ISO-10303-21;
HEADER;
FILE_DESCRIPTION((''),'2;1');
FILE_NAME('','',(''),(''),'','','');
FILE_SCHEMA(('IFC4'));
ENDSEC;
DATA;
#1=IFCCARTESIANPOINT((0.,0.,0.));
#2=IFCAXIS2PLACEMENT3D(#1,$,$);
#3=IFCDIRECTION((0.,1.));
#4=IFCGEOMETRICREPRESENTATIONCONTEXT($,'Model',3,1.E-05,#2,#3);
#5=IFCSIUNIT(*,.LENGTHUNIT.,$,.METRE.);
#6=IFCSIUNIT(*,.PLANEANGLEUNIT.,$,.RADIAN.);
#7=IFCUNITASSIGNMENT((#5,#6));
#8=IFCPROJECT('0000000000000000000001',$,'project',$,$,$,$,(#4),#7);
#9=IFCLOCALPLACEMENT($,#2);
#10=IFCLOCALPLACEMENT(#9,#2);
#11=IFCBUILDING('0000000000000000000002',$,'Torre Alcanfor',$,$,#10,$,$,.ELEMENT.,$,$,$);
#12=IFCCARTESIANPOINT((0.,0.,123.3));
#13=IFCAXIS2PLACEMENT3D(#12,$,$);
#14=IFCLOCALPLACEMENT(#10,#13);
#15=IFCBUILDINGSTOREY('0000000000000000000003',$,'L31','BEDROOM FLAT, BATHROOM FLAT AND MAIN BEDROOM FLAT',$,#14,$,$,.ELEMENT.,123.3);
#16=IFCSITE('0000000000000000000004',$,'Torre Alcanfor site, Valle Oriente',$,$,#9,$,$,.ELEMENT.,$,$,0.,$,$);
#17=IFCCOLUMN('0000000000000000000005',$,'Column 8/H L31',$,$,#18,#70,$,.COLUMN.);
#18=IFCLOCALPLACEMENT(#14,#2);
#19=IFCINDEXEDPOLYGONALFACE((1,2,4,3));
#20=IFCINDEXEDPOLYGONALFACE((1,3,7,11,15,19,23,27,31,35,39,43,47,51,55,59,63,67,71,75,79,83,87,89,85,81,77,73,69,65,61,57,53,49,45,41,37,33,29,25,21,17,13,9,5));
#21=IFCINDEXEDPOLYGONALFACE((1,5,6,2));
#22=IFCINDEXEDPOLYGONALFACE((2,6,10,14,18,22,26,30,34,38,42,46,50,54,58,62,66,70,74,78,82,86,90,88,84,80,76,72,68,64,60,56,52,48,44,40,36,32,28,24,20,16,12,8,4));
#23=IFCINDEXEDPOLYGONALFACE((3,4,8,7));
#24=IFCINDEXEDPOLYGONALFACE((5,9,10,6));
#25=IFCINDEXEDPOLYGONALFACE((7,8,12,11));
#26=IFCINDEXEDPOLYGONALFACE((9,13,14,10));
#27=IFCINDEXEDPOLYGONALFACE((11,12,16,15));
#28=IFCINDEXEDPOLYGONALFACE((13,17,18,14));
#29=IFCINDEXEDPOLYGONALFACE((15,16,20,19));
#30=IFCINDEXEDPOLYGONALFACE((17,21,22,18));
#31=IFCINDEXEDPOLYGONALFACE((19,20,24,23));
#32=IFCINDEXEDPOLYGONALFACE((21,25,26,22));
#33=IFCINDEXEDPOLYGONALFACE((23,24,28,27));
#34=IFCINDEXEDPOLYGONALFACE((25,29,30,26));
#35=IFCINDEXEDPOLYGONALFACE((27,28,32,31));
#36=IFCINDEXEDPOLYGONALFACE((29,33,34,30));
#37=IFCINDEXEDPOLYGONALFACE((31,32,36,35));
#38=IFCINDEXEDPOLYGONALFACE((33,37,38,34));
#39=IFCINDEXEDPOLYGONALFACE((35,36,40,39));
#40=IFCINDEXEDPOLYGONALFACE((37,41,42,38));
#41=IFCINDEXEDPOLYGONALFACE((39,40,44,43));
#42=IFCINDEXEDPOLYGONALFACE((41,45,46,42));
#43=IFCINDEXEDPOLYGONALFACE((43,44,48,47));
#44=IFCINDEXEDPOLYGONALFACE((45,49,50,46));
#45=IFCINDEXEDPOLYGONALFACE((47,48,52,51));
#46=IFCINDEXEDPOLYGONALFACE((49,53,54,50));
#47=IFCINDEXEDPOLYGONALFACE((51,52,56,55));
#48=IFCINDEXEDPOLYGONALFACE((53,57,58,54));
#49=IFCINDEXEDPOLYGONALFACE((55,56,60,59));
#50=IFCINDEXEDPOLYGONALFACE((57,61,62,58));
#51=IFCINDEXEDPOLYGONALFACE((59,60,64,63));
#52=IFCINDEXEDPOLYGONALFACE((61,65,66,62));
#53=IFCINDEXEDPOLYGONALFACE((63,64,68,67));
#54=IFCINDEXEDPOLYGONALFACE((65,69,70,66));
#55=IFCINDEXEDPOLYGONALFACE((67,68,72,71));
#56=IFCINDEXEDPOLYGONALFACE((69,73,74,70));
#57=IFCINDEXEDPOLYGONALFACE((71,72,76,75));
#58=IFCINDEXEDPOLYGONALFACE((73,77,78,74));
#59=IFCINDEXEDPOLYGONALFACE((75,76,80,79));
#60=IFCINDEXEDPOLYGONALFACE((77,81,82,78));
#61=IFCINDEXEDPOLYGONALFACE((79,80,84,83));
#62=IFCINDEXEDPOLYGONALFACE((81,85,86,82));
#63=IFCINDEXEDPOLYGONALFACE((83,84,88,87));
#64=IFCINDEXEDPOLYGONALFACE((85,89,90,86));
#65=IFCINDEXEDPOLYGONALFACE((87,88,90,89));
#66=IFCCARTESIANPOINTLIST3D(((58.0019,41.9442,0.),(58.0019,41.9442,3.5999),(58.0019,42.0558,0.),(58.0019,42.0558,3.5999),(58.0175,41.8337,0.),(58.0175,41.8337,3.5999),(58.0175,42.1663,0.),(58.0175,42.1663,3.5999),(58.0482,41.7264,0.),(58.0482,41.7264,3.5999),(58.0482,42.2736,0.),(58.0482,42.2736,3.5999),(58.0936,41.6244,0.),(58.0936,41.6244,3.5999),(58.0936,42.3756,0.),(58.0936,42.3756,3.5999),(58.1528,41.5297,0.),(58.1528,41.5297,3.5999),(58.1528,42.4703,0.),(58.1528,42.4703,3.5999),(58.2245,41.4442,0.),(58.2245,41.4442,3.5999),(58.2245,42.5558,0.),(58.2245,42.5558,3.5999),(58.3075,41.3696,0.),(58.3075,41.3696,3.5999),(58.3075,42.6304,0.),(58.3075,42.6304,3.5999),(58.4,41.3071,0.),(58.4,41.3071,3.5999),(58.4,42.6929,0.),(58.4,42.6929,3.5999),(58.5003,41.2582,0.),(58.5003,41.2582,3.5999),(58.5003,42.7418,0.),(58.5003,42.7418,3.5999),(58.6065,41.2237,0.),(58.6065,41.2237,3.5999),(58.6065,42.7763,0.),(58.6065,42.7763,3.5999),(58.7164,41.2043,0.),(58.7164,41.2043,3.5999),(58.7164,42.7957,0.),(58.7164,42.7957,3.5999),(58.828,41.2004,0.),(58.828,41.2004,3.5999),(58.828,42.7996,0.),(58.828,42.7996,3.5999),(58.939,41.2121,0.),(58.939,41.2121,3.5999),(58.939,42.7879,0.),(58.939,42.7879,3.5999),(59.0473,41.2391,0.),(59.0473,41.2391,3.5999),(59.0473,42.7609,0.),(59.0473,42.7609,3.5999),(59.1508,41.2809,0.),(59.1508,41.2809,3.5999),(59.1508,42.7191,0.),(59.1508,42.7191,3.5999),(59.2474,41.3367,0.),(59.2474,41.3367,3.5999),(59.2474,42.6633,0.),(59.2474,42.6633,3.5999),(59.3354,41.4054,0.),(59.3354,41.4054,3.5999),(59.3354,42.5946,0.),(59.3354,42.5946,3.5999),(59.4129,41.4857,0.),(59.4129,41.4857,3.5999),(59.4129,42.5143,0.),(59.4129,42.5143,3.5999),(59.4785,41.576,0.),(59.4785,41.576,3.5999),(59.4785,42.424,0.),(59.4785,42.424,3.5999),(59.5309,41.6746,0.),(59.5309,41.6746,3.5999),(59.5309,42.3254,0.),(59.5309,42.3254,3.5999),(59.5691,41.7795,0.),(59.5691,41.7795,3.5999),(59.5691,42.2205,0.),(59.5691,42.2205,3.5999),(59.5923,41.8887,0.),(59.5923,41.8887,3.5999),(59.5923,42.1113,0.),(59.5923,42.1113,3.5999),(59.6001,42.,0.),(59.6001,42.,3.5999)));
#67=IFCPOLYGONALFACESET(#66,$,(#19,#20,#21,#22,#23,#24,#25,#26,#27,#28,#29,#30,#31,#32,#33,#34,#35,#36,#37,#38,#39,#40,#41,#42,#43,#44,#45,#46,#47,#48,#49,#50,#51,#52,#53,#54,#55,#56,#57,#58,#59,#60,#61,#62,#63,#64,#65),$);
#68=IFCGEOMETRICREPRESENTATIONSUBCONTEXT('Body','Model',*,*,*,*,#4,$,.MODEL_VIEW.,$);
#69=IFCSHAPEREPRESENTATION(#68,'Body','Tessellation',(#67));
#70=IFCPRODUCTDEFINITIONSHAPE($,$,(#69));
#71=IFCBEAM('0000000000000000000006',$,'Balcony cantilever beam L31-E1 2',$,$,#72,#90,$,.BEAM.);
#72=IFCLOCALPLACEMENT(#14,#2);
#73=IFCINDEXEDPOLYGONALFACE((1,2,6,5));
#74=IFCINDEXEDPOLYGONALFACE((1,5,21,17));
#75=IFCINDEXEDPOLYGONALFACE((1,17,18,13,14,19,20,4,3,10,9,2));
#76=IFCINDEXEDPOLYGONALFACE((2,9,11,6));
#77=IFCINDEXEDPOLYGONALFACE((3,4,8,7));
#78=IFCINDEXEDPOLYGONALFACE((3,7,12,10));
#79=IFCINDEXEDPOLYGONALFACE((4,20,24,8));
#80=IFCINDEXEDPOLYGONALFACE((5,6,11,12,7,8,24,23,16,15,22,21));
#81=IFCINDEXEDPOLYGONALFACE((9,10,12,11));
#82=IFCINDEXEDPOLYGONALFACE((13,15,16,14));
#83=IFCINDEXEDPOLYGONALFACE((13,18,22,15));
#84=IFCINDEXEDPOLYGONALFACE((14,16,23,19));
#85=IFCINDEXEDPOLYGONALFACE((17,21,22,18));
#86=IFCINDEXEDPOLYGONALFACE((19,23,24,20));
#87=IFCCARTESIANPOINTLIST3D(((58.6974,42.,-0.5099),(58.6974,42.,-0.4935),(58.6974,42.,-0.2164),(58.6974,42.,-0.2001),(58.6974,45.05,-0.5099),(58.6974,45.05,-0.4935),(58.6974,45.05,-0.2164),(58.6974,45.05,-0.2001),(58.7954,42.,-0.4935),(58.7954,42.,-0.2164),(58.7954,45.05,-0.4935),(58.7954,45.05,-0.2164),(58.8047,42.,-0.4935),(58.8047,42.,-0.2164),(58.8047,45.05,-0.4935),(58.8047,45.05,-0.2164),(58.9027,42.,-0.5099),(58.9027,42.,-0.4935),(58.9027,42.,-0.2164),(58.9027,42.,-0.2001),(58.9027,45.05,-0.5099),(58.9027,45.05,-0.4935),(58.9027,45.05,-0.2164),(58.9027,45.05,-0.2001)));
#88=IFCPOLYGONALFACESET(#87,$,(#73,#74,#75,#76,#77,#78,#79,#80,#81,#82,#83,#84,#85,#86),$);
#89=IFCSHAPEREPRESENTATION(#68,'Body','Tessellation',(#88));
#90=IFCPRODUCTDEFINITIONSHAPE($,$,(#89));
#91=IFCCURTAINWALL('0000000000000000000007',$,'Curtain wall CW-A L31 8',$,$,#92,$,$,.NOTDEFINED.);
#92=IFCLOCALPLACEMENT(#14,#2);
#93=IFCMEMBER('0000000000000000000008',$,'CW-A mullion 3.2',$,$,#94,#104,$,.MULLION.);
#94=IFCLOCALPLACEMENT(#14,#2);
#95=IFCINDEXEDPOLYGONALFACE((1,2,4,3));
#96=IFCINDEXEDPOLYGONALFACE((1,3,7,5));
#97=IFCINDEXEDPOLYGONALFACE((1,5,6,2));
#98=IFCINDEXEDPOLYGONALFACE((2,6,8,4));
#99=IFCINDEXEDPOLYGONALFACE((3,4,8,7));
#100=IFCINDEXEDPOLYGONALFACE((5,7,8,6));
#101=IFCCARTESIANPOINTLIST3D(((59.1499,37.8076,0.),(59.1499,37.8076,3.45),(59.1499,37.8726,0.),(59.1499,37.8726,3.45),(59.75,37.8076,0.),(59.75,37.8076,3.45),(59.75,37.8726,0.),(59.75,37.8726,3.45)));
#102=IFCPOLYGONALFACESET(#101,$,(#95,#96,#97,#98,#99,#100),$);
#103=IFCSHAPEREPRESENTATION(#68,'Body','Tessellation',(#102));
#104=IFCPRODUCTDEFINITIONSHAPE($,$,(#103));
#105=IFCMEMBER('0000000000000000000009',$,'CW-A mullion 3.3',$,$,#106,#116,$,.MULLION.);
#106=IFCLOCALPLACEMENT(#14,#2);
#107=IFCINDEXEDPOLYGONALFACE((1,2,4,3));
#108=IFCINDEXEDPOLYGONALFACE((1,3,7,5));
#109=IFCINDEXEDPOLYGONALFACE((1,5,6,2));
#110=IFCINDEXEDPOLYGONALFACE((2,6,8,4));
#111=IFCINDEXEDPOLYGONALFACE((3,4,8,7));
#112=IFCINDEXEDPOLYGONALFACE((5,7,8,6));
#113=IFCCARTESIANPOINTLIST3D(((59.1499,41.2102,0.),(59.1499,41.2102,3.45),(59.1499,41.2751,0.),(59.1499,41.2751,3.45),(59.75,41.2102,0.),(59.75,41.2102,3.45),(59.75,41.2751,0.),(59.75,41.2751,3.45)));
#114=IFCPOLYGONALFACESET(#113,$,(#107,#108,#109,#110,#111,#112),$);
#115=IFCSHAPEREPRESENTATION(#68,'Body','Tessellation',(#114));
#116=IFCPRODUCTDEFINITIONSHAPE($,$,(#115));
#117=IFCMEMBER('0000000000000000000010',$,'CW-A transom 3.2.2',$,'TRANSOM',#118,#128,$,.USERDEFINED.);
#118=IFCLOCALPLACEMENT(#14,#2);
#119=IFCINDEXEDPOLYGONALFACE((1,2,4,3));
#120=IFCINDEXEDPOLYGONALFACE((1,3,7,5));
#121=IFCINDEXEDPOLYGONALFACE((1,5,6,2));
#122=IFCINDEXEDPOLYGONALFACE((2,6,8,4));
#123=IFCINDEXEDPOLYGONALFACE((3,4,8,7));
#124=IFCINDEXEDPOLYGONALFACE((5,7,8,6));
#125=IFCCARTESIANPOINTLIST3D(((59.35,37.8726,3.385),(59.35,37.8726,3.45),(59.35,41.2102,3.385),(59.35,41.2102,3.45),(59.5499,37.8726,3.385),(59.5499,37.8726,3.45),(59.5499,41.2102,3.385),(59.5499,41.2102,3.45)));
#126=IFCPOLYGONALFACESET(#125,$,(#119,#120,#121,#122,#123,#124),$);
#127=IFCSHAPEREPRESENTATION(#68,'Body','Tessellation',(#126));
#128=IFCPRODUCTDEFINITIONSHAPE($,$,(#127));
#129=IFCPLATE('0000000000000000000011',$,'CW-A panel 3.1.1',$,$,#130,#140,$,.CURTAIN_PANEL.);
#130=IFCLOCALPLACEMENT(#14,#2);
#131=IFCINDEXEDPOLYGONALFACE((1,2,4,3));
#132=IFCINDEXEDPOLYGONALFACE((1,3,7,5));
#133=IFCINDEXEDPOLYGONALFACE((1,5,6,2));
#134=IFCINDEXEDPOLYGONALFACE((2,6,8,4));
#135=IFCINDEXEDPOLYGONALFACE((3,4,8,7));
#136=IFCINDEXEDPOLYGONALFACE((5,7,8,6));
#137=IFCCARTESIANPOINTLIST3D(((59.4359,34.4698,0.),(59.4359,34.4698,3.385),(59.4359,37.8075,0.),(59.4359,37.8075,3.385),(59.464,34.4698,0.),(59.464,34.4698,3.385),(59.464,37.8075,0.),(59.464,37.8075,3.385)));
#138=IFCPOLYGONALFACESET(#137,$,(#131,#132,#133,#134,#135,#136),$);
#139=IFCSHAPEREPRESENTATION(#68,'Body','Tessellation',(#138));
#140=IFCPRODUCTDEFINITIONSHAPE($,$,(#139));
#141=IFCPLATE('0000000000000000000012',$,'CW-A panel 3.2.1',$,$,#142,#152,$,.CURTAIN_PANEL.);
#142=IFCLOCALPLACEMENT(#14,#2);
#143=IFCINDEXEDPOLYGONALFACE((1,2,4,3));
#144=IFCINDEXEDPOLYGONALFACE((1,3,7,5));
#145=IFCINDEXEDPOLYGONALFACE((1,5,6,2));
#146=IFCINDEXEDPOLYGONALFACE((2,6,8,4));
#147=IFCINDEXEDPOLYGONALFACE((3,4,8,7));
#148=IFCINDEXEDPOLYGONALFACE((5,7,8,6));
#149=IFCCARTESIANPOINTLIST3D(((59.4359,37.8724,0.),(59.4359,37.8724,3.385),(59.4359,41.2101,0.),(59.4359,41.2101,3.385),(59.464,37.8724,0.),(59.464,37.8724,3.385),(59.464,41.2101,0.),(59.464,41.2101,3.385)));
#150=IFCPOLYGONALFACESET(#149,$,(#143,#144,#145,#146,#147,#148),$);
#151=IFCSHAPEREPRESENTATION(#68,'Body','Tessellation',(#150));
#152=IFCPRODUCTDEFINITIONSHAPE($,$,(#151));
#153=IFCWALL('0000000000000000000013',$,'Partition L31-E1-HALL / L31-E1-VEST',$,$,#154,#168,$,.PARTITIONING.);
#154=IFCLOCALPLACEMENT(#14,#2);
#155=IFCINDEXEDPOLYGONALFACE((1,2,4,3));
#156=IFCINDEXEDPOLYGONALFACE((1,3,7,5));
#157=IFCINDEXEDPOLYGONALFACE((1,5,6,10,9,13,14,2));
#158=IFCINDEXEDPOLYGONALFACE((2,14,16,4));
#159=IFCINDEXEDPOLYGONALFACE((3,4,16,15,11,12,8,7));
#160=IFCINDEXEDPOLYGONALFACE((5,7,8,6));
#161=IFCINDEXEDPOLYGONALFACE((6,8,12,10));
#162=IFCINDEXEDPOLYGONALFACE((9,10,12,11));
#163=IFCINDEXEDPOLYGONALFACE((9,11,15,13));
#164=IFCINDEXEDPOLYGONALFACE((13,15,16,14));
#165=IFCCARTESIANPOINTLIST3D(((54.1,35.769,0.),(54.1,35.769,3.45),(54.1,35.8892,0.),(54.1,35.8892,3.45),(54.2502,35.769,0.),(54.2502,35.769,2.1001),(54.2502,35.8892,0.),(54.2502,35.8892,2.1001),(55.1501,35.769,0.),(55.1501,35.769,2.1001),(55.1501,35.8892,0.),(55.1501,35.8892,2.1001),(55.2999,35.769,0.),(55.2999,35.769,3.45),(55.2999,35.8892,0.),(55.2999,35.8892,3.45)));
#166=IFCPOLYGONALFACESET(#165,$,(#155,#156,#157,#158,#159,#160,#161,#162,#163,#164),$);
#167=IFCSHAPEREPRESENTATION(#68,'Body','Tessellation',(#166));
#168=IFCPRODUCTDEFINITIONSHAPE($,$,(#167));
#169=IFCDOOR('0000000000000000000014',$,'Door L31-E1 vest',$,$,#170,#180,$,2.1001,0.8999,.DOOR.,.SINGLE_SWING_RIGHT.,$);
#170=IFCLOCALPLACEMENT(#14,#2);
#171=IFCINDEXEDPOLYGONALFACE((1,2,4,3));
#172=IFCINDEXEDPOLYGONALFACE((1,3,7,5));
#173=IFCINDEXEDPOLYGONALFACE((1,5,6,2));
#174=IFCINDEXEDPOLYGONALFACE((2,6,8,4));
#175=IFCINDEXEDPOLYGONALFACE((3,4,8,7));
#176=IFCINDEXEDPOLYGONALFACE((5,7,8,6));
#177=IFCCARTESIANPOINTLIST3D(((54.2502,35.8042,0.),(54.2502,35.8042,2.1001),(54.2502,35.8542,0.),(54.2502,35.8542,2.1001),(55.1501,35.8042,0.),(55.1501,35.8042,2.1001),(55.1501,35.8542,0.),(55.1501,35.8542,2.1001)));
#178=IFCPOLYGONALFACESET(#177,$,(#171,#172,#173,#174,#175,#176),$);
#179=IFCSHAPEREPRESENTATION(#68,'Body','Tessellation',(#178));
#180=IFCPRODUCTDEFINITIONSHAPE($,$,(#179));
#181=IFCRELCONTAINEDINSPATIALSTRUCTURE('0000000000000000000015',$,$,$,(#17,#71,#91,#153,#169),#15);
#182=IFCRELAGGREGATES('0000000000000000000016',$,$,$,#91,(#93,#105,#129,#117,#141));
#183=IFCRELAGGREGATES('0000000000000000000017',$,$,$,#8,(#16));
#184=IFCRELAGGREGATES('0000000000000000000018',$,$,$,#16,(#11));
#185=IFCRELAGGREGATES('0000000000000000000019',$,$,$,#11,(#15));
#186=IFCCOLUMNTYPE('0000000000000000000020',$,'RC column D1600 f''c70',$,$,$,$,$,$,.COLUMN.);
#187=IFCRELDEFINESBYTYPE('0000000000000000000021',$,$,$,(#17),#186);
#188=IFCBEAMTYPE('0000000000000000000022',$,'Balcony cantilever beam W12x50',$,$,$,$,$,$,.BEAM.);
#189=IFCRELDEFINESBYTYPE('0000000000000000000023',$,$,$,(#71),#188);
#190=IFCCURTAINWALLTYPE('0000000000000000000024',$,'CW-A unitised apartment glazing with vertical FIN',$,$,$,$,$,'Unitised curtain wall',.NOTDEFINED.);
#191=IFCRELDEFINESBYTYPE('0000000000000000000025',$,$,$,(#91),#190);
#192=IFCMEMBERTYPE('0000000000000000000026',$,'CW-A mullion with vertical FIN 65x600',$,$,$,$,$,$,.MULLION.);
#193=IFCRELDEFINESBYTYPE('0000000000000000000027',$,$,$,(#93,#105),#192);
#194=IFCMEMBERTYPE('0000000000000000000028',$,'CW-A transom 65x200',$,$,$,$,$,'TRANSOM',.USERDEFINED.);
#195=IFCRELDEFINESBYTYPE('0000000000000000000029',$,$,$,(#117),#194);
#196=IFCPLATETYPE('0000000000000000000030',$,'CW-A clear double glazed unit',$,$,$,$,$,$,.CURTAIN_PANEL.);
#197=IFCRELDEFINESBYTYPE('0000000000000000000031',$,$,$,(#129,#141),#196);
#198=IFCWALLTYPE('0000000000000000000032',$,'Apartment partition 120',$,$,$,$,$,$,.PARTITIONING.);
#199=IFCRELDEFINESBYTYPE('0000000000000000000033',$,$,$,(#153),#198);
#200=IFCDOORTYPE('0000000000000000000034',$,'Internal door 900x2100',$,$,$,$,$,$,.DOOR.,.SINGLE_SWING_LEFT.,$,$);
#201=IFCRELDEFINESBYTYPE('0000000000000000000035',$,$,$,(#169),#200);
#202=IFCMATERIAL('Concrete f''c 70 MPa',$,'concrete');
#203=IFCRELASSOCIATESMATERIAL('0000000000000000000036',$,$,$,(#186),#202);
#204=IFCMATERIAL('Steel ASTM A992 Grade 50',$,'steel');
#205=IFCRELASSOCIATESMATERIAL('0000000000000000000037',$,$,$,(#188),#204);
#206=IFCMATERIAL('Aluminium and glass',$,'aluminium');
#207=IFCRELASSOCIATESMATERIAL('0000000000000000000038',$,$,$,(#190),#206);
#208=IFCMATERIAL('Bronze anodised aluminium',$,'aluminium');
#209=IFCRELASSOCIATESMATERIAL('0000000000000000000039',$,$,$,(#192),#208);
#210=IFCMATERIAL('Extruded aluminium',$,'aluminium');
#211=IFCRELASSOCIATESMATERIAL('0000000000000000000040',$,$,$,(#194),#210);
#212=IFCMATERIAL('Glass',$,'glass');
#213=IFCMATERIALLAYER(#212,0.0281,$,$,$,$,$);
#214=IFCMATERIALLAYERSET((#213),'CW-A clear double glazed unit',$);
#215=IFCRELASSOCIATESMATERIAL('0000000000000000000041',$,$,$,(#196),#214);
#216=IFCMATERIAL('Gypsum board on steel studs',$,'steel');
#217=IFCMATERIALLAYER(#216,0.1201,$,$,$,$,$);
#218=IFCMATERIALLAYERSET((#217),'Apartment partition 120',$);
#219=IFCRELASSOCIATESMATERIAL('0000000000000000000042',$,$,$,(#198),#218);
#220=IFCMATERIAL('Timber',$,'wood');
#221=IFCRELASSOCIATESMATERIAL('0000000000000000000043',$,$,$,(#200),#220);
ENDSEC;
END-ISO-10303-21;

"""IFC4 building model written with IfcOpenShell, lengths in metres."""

from ifc_helpers import new_model, si_unit, direction, frame, frame_2d, origin, origin_2d, place, context, subcontext, project, spatial, rectangle, circle, i_section, extrude, material, layer, layer_set, material_profile, profile_set, type_object, element, fill, aggregate, save


model = new_model("IFC4")

# Units and contexts
model_context = context("Model", 3, precision=1e-05, world=origin(), true_north=direction((0.0, 1.0)))
body_context = subcontext(model_context, "Body", "Model", "MODEL_VIEW")
ifc_project = project(units=[si_unit("LENGTHUNIT", "METRE"), si_unit("PLANEANGLEUNIT", "RADIAN")], contexts=[model_context])

# Site, building, storey
site_placement = place(None, origin())
site = spatial("IfcSite", under=ifc_project, at=site_placement, Name="Torre Alcanfor site, Valle Oriente", CompositionType="ELEMENT", RefElevation=0.0)
building_placement = place(site_placement, origin())
building = spatial("IfcBuilding", under=site, at=building_placement, Name="Torre Alcanfor", CompositionType="ELEMENT")
storey_placement = place(building_placement, frame((0.0, 0.0, 123.3)))
storey = spatial("IfcBuildingStorey", under=building, at=storey_placement, Name="L31", Description="BEDROOM FLAT, BATHROOM FLAT AND MAIN BEDROOM FLAT", CompositionType="ELEMENT", Elevation=123.3)

# Column
ifc_material_1 = material(Name="Concrete f'c 70 MPa", Category="concrete")
ifc_material_profile_1 = material_profile(ifc_material_1, circle(Radius=0.8, at=origin_2d()), Name="D1600")
ifc_profile_set_1 = profile_set([ifc_material_profile_1], Name="Concrete f'c 70 MPa")
column_type = type_object("IfcColumnType", Name="RC column D1600 f'c70", PredefinedType="COLUMN", material=ifc_profile_set_1)
column_placement = place(storey_placement, frame((58.8, 42.0, 0.0), z_axis=(0.0, 0.0, 1.0), x_axis=(1.0, 0.0, 0.0)))
element("IfcColumn", 1, at=column_placement, inside=storey, type_object=column_type, Name="Column 8/H L31", PredefinedType="COLUMN", context=body_context, shape_type="SweptSolid", body=[
    extrude(circle(Radius=0.8, at=origin_2d()), origin(), (0.0, 0.0, 1.0), 3.5999),
])

# Beam
ifc_material_2 = material(Name="Steel ASTM A992 Grade 50", Category="steel")
ifc_material_profile_2 = material_profile(ifc_material_2, i_section(OverallWidth=0.2053, OverallDepth=0.3098, WebThickness=0.0093, FlangeThickness=0.0164, at=origin_2d()), Name="W12x50")
ifc_profile_set_2 = profile_set([ifc_material_profile_2], Name="Steel ASTM A992 Grade 50")
beam_type = type_object("IfcBeamType", Name="Balcony cantilever beam W12x50", PredefinedType="BEAM", material=ifc_profile_set_2)
beam_placement = place(storey_placement, frame((58.8, 42.0, -0.355), z_axis=(0.0, 1.0, 0.0), x_axis=(-1.0, 0.0, 0.0)))
element("IfcBeam", 2, at=beam_placement, inside=storey, type_object=beam_type, Name="Balcony cantilever beam L31-E1 2", PredefinedType="BEAM", context=body_context, shape_type="SweptSolid", body=[
    extrude(i_section(OverallWidth=0.2053, OverallDepth=0.3098, WebThickness=0.0093, FlangeThickness=0.0164, at=origin_2d()), origin(), (0.0, 0.0, 1.0), 3.05),
])

# Curtain wall, members, plates
ifc_material_3 = material(Name="Aluminium and glass", Category="aluminium")
curtain_wall_type = type_object("IfcCurtainWallType", Name="CW-A unitised apartment glazing with vertical FIN", ElementType="Unitised curtain wall", PredefinedType="NOTDEFINED", material=ifc_material_3)
curtain_wall_placement = place(storey_placement, origin())
curtain_wall = element("IfcCurtainWall", 3, at=curtain_wall_placement, inside=storey, type_object=curtain_wall_type, Name="Curtain wall CW-A L31 8", PredefinedType="NOTDEFINED")
ifc_material_4 = material(Name="Bronze anodised aluminium", Category="aluminium")
ifc_material_profile_3 = material_profile(ifc_material_4, rectangle(XDim=0.6001, YDim=0.0649, at=origin_2d()), Name="CW-A mullion 65x600")
ifc_profile_set_3 = profile_set([ifc_material_profile_3], Name="Bronze anodised aluminium")
member_type_1 = type_object("IfcMemberType", Name="CW-A mullion with vertical FIN 65x600", PredefinedType="MULLION", material=ifc_profile_set_3)
member_1_placement = place(storey_placement, frame((59.45, 37.8401, 0.0), z_axis=(0.0, 0.0, 1.0), x_axis=(-1.0, 0.0, 0.0)))
member_1 = element("IfcMember", 4, at=member_1_placement, type_object=member_type_1, Name="CW-A mullion 3.2", PredefinedType="MULLION", context=body_context, shape_type="SweptSolid", body=[
    extrude(rectangle(XDim=0.6001, YDim=0.0649, at=origin_2d()), origin(), (0.0, 0.0, 1.0), 3.45),
])
member_2_placement = place(storey_placement, frame((59.45, 41.2427, 0.0), z_axis=(0.0, 0.0, 1.0), x_axis=(-1.0, 0.0, 0.0)))
member_2 = element("IfcMember", 5, at=member_2_placement, type_object=member_type_1, Name="CW-A mullion 3.3", PredefinedType="MULLION", context=body_context, shape_type="SweptSolid", body=[
    extrude(rectangle(XDim=0.6001, YDim=0.0649, at=origin_2d()), origin(), (0.0, 0.0, 1.0), 3.45),
])
ifc_material_5 = material(Name="Extruded aluminium", Category="aluminium")
ifc_material_profile_4 = material_profile(ifc_material_5, rectangle(XDim=0.2, YDim=0.0649, at=origin_2d()), Name="CW-A transom 200x65")
ifc_profile_set_4 = profile_set([ifc_material_profile_4], Name="Extruded aluminium")
member_type_2 = type_object("IfcMemberType", Name="CW-A transom 65x200", ElementType="TRANSOM", PredefinedType="USERDEFINED", material=ifc_profile_set_4)
member_3_placement = place(storey_placement, frame((59.45, 37.8726, 3.4175), z_axis=(0.0, 1.0, 0.0), x_axis=(-1.0, 0.0, 0.0)))
member_3 = element("IfcMember", 6, at=member_3_placement, type_object=member_type_2, Name="CW-A transom 3.2.2", ObjectType="TRANSOM", PredefinedType="USERDEFINED", context=body_context, shape_type="SweptSolid", body=[
    extrude(rectangle(XDim=0.2, YDim=0.0649, at=origin_2d()), origin(), (0.0, 0.0, 1.0), 3.3376),
])
ifc_material_6 = material(Name="Glass", Category="glass")
ifc_layer_1 = layer(ifc_material_6, 0.0281)
ifc_layer_set_1 = layer_set([ifc_layer_1], Name="CW-A clear double glazed unit")
plate_type = type_object("IfcPlateType", Name="CW-A clear double glazed unit", PredefinedType="CURTAIN_PANEL", material=ifc_layer_set_1)
plate_1_placement = place(storey_placement, frame((59.45, 36.1387, 0.0), z_axis=(0.0, 0.0, 1.0), x_axis=(0.0, 1.0, 0.0)))
plate_1 = element("IfcPlate", 7, at=plate_1_placement, type_object=plate_type, Name="CW-A panel 3.1.1", PredefinedType="CURTAIN_PANEL", context=body_context, shape_type="SweptSolid", body=[
    extrude(rectangle(XDim=3.3376, YDim=0.0281, at=origin_2d()), origin(), (0.0, 0.0, 1.0), 3.385),
])
plate_2_placement = place(storey_placement, frame((59.45, 39.5413, 0.0), z_axis=(0.0, 0.0, 1.0), x_axis=(0.0, 1.0, 0.0)))
plate_2 = element("IfcPlate", 8, at=plate_2_placement, type_object=plate_type, Name="CW-A panel 3.2.1", PredefinedType="CURTAIN_PANEL", context=body_context, shape_type="SweptSolid", body=[
    extrude(rectangle(XDim=3.3376, YDim=0.0281, at=origin_2d()), origin(), (0.0, 0.0, 1.0), 3.385),
])
aggregate(curtain_wall, [member_1, member_2, plate_1, member_3, plate_2])

# Wall, opening, door
ifc_material_7 = material(Name="Gypsum board on steel studs", Category="steel")
ifc_layer_2 = layer(ifc_material_7, 0.1201)
ifc_layer_set_2 = layer_set([ifc_layer_2], Name="Apartment partition 120")
wall_type_1 = type_object("IfcWallType", Name="Apartment partition 120", PredefinedType="PARTITIONING", material=ifc_layer_set_2)
wall_1_placement = place(storey_placement, frame((55.3, 35.8291, 0.0), z_axis=(0.0, 0.0, 1.0), x_axis=(-1.0, 0.0, 0.0)))
wall_1 = element("IfcWall", 9, at=wall_1_placement, inside=storey, type_object=wall_type_1, Name="Partition L31-E1-HALL / L31-E1-VEST", PredefinedType="PARTITIONING", context=body_context, shape_type="SweptSolid", body=[
    extrude(rectangle(XDim=1.2, YDim=0.1201, at=frame_2d((0.6001, 0.0))), origin(), (0.0, 0.0, 1.0), 3.45),
])
opening_1_placement = place(wall_1_placement, frame((0.1499, 0.0, 0.0)))
opening_1 = element("IfcOpeningElement", 10, at=opening_1_placement, cuts=wall_1, PredefinedType="OPENING", context=body_context, shape_type="SweptSolid", body=[
    extrude(rectangle(XDim=0.8999, YDim=2.1001, at=frame_2d((0.45, 1.05))), frame((0.0, 0.0701, 0.0), z_axis=(0.0, -1.0, 0.0), x_axis=(1.0, 0.0, 0.0)), (0.0, 0.0, 1.0), 0.1401),
])
ifc_material_8 = material(Name="Timber", Category="wood")
door_type_1 = type_object("IfcDoorType", Name="Internal door 900x2100", OperationType="SINGLE_SWING_LEFT", PredefinedType="DOOR", material=ifc_material_8)
door_1_placement = place(opening_1_placement, frame((0.8999, 0.0, 0.0), z_axis=(0.0, 0.0, 1.0), x_axis=(-1.0, 0.0, 0.0)))
door_1 = element("IfcDoor", 11, at=door_1_placement, inside=storey, type_object=door_type_1, Name="Door L31-E1 vest", OperationType="SINGLE_SWING_RIGHT", OverallHeight=2.1001, OverallWidth=0.8999, PredefinedType="DOOR", context=body_context, shape_type="SweptSolid", body=[
    extrude(rectangle(XDim=0.8999, YDim=2.1001, at=frame_2d((0.45, 1.05))), frame((0.0, 0.0251, 0.0), z_axis=(0.0, -1.0, 0.0), x_axis=(1.0, 0.0, 0.0)), (0.0, 0.0, 1.0), 0.05),
])
fill(opening_1, door_1)

save(model, "model.ifc")
